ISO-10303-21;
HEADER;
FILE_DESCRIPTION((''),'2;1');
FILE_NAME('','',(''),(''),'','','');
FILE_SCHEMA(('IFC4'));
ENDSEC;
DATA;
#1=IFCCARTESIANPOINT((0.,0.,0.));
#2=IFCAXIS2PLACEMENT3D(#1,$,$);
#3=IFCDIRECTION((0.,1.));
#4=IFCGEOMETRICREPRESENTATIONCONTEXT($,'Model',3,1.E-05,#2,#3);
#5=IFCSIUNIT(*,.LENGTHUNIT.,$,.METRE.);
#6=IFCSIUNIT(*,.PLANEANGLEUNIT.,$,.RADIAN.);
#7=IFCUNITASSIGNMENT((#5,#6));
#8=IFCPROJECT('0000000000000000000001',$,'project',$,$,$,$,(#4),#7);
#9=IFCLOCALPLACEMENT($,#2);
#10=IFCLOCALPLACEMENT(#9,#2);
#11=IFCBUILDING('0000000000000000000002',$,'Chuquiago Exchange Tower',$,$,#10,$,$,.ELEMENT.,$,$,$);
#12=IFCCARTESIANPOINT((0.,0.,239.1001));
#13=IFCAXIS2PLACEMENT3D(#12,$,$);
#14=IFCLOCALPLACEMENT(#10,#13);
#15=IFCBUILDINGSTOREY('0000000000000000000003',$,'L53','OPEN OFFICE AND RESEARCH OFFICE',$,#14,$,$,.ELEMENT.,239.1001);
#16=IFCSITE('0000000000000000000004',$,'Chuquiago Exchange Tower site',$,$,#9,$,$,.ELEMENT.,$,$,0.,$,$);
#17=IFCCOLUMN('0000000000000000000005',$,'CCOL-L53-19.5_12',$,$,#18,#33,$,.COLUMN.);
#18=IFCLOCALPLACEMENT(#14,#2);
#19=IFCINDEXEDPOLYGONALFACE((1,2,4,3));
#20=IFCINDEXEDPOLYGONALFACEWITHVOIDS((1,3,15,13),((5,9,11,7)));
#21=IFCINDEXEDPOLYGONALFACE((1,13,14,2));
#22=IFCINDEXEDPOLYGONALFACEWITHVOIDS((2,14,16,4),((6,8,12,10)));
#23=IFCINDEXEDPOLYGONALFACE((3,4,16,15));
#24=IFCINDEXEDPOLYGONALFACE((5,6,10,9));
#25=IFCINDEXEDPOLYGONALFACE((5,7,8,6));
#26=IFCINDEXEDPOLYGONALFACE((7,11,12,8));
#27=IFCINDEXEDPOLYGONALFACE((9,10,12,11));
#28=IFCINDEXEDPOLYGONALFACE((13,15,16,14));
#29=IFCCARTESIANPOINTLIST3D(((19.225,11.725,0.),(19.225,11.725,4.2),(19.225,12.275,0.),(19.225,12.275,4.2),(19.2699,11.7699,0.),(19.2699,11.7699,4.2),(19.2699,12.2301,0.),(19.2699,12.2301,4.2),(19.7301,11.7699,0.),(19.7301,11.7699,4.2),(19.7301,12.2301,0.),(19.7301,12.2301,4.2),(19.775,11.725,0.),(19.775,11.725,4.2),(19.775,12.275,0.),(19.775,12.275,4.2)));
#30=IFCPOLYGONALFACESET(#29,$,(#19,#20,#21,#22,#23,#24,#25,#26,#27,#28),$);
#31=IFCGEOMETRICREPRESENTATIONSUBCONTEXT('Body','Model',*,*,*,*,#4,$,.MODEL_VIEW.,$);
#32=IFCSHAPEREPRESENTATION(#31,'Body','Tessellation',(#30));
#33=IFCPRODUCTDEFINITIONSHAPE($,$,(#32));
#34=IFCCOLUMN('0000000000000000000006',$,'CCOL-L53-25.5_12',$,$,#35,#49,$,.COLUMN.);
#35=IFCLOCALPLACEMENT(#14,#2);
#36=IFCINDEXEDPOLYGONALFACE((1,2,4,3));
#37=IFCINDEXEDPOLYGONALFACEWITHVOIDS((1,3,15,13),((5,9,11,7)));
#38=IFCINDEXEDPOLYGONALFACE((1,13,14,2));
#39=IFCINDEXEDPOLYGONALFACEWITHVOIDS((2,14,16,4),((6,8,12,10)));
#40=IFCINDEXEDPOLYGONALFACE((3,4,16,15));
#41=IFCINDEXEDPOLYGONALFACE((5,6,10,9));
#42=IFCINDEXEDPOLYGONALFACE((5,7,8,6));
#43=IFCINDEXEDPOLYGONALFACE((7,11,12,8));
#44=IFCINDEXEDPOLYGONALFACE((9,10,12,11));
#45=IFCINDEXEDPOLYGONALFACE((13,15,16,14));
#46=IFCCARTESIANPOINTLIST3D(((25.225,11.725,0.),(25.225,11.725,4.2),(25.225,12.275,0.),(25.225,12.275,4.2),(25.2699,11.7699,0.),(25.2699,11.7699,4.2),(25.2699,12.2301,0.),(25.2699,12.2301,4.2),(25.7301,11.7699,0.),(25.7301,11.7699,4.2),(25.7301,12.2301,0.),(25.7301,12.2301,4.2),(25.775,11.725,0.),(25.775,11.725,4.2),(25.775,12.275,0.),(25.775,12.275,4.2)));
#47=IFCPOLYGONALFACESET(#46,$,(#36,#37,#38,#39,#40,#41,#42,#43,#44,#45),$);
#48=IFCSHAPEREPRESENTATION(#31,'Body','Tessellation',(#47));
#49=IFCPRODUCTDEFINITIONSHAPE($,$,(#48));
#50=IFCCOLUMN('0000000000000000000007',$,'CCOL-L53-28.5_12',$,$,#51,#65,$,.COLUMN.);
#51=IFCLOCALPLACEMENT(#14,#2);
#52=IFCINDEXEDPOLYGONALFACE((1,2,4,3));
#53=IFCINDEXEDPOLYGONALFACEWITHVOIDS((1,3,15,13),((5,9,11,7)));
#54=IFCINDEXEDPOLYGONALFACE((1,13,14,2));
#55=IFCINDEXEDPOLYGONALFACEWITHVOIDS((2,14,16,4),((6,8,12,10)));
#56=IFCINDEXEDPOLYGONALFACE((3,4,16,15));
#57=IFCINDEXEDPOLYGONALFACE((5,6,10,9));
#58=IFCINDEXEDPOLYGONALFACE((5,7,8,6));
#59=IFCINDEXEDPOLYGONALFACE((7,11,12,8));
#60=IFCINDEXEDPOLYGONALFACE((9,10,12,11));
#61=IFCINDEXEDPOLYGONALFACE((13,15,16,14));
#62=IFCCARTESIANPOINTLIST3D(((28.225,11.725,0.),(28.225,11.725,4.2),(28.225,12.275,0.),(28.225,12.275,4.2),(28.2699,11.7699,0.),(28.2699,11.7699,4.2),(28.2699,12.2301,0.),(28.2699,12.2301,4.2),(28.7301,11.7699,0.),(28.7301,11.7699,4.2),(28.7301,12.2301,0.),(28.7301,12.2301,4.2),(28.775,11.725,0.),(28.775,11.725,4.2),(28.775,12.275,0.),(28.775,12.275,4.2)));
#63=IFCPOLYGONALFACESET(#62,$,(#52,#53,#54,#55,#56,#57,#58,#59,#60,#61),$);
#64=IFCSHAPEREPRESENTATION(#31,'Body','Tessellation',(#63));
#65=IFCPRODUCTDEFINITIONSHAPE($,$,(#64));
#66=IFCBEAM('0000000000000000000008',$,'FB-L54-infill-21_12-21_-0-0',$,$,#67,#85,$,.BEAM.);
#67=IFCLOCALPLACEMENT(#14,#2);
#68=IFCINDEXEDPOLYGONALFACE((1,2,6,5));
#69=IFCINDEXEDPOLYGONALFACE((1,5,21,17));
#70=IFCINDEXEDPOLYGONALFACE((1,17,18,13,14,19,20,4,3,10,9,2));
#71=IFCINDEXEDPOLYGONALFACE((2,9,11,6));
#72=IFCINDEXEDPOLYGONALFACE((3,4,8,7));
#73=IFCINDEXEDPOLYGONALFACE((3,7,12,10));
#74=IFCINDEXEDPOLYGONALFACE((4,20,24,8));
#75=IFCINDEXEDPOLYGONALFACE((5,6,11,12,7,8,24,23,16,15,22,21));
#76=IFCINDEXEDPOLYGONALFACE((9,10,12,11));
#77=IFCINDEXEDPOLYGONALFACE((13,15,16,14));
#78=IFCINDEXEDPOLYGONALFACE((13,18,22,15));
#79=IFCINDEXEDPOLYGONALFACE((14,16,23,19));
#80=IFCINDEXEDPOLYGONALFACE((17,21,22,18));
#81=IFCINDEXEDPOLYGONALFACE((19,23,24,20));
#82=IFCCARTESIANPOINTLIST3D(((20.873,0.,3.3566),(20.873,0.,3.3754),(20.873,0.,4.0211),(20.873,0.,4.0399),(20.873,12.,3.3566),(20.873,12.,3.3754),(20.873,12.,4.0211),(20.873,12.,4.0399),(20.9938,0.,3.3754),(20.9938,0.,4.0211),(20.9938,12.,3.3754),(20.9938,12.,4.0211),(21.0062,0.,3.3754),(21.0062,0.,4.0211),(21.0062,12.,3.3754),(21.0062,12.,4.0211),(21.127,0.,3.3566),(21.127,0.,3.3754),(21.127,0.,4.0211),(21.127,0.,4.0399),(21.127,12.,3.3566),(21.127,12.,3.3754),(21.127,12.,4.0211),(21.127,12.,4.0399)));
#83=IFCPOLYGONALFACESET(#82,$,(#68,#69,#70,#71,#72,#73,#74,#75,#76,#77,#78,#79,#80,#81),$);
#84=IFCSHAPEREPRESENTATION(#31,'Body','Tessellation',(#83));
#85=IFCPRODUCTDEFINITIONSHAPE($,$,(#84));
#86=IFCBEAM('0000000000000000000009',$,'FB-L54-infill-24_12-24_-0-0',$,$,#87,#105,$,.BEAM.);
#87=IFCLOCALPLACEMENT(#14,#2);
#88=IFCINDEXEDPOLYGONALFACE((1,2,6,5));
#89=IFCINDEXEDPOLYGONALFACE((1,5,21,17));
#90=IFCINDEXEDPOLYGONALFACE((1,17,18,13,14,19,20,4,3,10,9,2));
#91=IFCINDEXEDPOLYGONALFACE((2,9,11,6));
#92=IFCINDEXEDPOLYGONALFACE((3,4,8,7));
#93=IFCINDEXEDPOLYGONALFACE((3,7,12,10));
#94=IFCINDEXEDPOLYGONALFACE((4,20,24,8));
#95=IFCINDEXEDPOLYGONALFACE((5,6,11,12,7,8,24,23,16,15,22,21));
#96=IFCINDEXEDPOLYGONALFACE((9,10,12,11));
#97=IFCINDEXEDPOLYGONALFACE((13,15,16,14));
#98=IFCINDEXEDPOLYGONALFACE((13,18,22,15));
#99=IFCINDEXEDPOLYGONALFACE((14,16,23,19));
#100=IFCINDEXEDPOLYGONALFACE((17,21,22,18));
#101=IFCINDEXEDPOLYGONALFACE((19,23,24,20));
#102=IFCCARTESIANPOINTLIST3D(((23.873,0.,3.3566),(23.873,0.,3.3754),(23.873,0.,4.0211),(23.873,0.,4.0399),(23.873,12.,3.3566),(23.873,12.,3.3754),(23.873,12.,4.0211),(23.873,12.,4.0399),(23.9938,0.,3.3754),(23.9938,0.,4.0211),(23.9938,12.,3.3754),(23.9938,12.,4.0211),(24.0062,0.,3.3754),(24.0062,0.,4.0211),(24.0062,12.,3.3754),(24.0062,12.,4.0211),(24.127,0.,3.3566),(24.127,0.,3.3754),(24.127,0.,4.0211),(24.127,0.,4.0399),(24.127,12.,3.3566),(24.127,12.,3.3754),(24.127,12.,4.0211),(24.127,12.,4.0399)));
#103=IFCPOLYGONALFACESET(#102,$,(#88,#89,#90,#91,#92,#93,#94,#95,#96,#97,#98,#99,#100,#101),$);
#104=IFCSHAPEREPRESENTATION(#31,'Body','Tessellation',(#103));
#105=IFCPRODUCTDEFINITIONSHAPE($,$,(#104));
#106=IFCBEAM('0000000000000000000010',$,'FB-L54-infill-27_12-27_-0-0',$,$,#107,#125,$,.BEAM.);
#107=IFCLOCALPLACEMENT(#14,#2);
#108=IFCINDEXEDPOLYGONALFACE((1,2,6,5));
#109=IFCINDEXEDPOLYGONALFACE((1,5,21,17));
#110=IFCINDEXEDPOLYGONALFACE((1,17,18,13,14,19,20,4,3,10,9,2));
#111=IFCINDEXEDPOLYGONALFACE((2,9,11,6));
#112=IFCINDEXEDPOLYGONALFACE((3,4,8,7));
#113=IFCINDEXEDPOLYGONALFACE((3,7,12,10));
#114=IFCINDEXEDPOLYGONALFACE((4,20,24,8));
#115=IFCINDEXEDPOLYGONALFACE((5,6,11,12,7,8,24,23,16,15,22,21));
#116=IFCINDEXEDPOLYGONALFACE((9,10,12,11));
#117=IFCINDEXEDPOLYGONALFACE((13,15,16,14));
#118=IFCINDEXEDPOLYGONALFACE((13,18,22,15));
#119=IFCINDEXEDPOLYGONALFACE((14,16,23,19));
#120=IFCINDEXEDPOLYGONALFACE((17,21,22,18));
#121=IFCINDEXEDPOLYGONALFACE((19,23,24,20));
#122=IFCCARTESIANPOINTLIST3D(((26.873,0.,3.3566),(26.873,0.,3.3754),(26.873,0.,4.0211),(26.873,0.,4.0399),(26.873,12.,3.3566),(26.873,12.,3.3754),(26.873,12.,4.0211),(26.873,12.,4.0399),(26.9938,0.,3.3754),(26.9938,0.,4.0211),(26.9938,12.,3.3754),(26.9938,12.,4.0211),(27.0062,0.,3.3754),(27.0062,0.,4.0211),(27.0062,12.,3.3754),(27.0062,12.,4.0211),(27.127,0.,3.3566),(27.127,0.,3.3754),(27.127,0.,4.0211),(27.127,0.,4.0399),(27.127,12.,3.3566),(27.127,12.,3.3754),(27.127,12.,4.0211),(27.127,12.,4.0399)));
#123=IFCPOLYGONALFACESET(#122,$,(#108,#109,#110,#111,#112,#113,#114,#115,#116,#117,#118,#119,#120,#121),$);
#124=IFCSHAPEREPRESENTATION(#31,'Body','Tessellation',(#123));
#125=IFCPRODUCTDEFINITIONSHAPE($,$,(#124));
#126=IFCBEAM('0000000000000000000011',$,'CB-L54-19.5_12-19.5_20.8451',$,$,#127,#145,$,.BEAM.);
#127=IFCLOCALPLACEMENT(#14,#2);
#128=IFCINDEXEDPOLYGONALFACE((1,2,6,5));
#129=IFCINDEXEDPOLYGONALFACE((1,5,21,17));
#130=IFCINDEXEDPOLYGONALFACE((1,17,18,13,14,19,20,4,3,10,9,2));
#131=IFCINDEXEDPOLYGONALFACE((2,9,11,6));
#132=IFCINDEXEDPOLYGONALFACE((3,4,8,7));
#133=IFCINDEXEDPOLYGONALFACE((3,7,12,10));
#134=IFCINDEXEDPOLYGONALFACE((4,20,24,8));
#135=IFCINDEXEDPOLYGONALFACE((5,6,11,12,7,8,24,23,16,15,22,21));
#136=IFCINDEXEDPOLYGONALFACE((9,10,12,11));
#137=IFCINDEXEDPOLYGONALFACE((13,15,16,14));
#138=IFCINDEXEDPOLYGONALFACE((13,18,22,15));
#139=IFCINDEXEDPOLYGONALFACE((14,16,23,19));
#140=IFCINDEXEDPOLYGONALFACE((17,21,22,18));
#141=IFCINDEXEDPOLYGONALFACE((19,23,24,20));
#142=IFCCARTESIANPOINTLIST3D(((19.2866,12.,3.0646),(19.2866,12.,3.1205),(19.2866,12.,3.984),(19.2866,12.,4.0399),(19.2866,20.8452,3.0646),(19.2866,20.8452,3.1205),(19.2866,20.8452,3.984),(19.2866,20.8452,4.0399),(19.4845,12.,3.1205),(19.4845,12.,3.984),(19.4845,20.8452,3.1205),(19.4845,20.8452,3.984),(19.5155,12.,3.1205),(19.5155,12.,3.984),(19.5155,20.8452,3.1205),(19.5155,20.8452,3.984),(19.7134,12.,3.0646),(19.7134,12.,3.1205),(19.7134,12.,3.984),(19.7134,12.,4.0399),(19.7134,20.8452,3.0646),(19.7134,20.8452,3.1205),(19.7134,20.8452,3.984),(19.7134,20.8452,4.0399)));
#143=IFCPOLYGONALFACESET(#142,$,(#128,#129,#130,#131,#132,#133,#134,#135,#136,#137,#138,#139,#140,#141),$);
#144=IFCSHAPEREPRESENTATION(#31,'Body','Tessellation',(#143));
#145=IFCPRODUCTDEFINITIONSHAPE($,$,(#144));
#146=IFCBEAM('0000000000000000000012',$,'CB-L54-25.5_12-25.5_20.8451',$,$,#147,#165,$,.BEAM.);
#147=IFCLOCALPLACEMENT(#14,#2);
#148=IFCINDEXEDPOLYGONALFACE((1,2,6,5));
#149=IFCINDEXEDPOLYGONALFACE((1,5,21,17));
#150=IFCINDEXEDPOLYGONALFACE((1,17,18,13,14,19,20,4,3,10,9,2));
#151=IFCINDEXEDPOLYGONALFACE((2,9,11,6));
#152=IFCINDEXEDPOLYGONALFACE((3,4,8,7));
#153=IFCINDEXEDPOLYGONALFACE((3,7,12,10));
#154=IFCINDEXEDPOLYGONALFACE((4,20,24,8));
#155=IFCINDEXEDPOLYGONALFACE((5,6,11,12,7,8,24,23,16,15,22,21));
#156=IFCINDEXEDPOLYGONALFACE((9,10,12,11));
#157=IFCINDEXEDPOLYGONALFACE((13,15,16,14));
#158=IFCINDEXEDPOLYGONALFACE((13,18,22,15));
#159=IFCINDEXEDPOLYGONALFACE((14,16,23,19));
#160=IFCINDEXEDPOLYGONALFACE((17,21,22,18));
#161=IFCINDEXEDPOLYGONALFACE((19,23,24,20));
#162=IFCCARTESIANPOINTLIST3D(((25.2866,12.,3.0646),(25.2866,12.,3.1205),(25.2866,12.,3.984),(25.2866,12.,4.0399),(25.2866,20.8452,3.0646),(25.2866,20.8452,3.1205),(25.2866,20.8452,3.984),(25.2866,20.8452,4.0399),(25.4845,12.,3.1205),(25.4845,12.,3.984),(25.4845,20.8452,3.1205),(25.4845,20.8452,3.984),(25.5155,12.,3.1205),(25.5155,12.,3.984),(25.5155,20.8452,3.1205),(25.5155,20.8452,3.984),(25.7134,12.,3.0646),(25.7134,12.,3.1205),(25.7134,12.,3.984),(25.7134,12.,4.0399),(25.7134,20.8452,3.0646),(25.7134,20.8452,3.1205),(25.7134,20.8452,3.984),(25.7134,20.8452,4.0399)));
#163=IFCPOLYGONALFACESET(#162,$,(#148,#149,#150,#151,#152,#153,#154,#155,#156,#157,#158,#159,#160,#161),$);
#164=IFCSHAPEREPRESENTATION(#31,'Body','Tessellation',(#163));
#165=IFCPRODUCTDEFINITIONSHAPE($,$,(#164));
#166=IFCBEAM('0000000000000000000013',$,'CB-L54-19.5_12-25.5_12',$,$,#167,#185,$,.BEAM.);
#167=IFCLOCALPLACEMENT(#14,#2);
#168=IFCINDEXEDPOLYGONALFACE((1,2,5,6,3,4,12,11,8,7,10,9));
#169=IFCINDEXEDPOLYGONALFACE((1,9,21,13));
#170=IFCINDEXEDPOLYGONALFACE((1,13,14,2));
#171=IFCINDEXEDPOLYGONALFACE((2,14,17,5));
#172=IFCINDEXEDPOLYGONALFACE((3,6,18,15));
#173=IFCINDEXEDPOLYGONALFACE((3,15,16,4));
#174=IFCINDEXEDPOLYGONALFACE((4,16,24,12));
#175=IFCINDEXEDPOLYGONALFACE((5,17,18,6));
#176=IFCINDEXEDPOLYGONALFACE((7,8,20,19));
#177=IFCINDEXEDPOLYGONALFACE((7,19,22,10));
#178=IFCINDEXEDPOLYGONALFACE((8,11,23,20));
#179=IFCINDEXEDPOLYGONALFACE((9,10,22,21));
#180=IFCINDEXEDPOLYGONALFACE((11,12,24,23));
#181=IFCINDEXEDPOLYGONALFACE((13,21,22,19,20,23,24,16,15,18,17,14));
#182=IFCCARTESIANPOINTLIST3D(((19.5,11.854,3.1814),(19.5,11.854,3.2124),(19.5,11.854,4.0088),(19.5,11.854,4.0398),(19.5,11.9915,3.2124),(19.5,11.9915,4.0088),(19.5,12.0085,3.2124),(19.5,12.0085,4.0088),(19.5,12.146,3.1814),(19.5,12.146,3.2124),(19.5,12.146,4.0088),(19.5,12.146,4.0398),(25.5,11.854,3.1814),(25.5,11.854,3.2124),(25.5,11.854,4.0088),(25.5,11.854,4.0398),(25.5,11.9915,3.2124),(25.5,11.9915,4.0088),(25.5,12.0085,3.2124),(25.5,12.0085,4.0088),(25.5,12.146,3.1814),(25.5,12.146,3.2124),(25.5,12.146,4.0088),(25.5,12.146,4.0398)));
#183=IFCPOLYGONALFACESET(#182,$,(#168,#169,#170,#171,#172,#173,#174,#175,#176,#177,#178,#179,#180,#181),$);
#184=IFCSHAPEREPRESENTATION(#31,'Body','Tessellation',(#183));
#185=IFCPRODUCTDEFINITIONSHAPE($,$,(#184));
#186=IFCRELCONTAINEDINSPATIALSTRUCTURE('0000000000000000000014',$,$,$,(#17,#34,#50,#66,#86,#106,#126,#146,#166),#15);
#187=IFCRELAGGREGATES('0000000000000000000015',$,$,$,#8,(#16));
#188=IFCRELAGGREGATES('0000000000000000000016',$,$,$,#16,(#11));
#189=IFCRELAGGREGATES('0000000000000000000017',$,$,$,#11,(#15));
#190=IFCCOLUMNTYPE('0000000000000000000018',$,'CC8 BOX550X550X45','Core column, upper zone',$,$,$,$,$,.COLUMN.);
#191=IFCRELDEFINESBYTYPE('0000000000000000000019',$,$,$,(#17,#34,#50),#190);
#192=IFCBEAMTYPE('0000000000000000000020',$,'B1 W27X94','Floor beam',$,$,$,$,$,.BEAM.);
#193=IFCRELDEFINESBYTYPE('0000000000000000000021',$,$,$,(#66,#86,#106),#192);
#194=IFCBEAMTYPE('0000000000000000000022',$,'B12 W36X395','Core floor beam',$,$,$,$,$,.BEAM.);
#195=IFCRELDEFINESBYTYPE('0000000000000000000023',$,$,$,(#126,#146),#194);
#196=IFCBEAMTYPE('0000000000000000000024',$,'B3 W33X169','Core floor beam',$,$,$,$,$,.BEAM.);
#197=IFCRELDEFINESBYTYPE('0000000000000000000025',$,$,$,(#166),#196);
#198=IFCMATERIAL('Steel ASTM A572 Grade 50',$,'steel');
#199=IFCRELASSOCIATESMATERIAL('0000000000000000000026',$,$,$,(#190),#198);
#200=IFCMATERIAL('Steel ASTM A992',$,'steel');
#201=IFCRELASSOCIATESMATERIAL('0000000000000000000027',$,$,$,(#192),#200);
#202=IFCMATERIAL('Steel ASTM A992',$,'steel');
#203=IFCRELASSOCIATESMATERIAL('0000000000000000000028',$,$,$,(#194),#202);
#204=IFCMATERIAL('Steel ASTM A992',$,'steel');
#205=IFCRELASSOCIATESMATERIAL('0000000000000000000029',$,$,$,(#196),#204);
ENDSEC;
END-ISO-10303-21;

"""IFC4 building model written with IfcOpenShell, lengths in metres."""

from ifc_helpers import new_model, si_unit, direction, frame, origin, origin_2d, place, context, subcontext, project, spatial, hollow_rectangle, i_section, extrude, material, material_profile, profile_set, type_object, element, save


model = new_model("IFC4")

# Units and contexts
model_context = context("Model", 3, precision=1e-05, world=origin(), true_north=direction((0.0, 1.0)))
body_context = subcontext(model_context, "Body", "Model", "MODEL_VIEW")
ifc_project = project(units=[si_unit("LENGTHUNIT", "METRE"), si_unit("PLANEANGLEUNIT", "RADIAN")], contexts=[model_context])

# Site, building, storey
site_placement = place(None, origin())
site = spatial("IfcSite", under=ifc_project, at=site_placement, Name="Chuquiago Exchange Tower site", CompositionType="ELEMENT", RefElevation=0.0)
building_placement = place(site_placement, origin())
building = spatial("IfcBuilding", under=site, at=building_placement, Name="Chuquiago Exchange Tower", CompositionType="ELEMENT")
storey_placement = place(building_placement, frame((0.0, 0.0, 239.1001)))
storey = spatial("IfcBuildingStorey", under=building, at=storey_placement, Name="L53", Description="OPEN OFFICE AND RESEARCH OFFICE", CompositionType="ELEMENT", Elevation=239.1001)

# Columns
ifc_material_1 = material(Name="Steel ASTM A572 Grade 50", Category="steel")
ifc_material_profile_1 = material_profile(ifc_material_1, hollow_rectangle(XDim=0.55, YDim=0.55, WallThickness=0.0449, at=origin_2d()), Name="BOX550X550X45")
ifc_profile_set_1 = profile_set([ifc_material_profile_1], Name="Steel ASTM A572 Grade 50")
column_type = type_object("IfcColumnType", Name="CC8 BOX550X550X45", Description="Core column, upper zone", PredefinedType="COLUMN", material=ifc_profile_set_1)
for number, where, z_axis, x_axis, name in (
    (1, (19.5, 12.0, 0.0), (0.0, 0.0, 1.0), (1.0, 0.0, 0.0), "CCOL-L53-19.5_12"),
    (2, (25.5, 12.0, 0.0), (0.0, 0.0, 1.0), (1.0, 0.0, 0.0), "CCOL-L53-25.5_12"),
    (3, (28.5, 12.0, 0.0), (0.0, 0.0, 1.0), (1.0, 0.0, 0.0), "CCOL-L53-28.5_12"),
):
    element("IfcColumn", number, at=place(storey_placement, frame(where, z_axis=z_axis, x_axis=x_axis)), inside=storey, type_object=column_type, Name=name, PredefinedType="COLUMN", context=body_context, shape_type="SweptSolid", body=[
        extrude(hollow_rectangle(XDim=0.55, YDim=0.55, WallThickness=0.0449, at=origin_2d()), origin(), (0.0, 0.0, 1.0), 4.2),
    ])

# Beams
ifc_material_2 = material(Name="Steel ASTM A992", Category="steel")
ifc_material_profile_2 = material_profile(ifc_material_2, i_section(OverallWidth=0.2539, OverallDepth=0.6833, WebThickness=0.0125, FlangeThickness=0.0188, at=origin_2d()), Name="W27X94")
ifc_profile_set_2 = profile_set([ifc_material_profile_2], Name="Steel ASTM A992")
beam_type_1 = type_object("IfcBeamType", Name="B1 W27X94", Description="Floor beam", PredefinedType="BEAM", material=ifc_profile_set_2)
for number, where, z_axis, x_axis, name in (
    (4, (21.0, 12.0, 3.6982), (0.0, -1.0, 0.0), (1.0, 0.0, 0.0), "FB-L54-infill-21_12-21_-0-0"),
    (5, (24.0, 12.0, 3.6982), (0.0, -1.0, 0.0), (1.0, 0.0, 0.0), "FB-L54-infill-24_12-24_-0-0"),
    (6, (27.0, 12.0, 3.6982), (0.0, -1.0, 0.0), (1.0, 0.0, 0.0), "FB-L54-infill-27_12-27_-0-0"),
):
    element("IfcBeam", number, at=place(storey_placement, frame(where, z_axis=z_axis, x_axis=x_axis)), inside=storey, type_object=beam_type_1, Name=name, PredefinedType="BEAM", context=body_context, shape_type="SweptSolid", body=[
        extrude(i_section(OverallWidth=0.2539, OverallDepth=0.6833, WebThickness=0.0125, FlangeThickness=0.0188, at=origin_2d()), origin(), (0.0, 0.0, 1.0), 12.0),
    ])
ifc_material_3 = material(Name="Steel ASTM A992", Category="steel")
ifc_material_profile_3 = material_profile(ifc_material_3, i_section(OverallWidth=0.4268, OverallDepth=0.9753, WebThickness=0.031, FlangeThickness=0.0559, at=origin_2d()), Name="W36X395")
ifc_profile_set_3 = profile_set([ifc_material_profile_3], Name="Steel ASTM A992")
beam_type_2 = type_object("IfcBeamType", Name="B12 W36X395", Description="Core floor beam", PredefinedType="BEAM", material=ifc_profile_set_3)
for number, where, z_axis, x_axis, name in (
    (7, (19.5, 12.0, 3.5522), (0.0, 1.0, 0.0), (-1.0, 0.0, 0.0), "CB-L54-19.5_12-19.5_20.8451"),
    (8, (25.5, 12.0, 3.5522), (0.0, 1.0, 0.0), (-1.0, 0.0, 0.0), "CB-L54-25.5_12-25.5_20.8451"),
):
    element("IfcBeam", number, at=place(storey_placement, frame(where, z_axis=z_axis, x_axis=x_axis)), inside=storey, type_object=beam_type_2, Name=name, PredefinedType="BEAM", context=body_context, shape_type="SweptSolid", body=[
        extrude(i_section(OverallWidth=0.4268, OverallDepth=0.9753, WebThickness=0.031, FlangeThickness=0.0559, at=origin_2d()), origin(), (0.0, 0.0, 1.0), 8.8452),
    ])
ifc_material_4 = material(Name="Steel ASTM A992", Category="steel")
ifc_material_profile_4 = material_profile(ifc_material_4, i_section(OverallWidth=0.292, OverallDepth=0.8584, WebThickness=0.0171, FlangeThickness=0.031, at=origin_2d()), Name="W33X169")
ifc_profile_set_4 = profile_set([ifc_material_profile_4], Name="Steel ASTM A992")
beam_type_3 = type_object("IfcBeamType", Name="B3 W33X169", Description="Core floor beam", PredefinedType="BEAM", material=ifc_profile_set_4)
beam_1_placement = place(storey_placement, frame((19.5, 12.0, 3.6106), z_axis=(1.0, 0.0, 0.0), x_axis=(0.0, 1.0, 0.0)))
element("IfcBeam", 9, at=beam_1_placement, inside=storey, type_object=beam_type_3, Name="CB-L54-19.5_12-25.5_12", PredefinedType="BEAM", context=body_context, shape_type="SweptSolid", body=[
    extrude(i_section(OverallWidth=0.292, OverallDepth=0.8584, WebThickness=0.0171, FlangeThickness=0.031, at=origin_2d()), origin(), (0.0, 0.0, 1.0), 6.0),
])

save(model, "model.ifc")
